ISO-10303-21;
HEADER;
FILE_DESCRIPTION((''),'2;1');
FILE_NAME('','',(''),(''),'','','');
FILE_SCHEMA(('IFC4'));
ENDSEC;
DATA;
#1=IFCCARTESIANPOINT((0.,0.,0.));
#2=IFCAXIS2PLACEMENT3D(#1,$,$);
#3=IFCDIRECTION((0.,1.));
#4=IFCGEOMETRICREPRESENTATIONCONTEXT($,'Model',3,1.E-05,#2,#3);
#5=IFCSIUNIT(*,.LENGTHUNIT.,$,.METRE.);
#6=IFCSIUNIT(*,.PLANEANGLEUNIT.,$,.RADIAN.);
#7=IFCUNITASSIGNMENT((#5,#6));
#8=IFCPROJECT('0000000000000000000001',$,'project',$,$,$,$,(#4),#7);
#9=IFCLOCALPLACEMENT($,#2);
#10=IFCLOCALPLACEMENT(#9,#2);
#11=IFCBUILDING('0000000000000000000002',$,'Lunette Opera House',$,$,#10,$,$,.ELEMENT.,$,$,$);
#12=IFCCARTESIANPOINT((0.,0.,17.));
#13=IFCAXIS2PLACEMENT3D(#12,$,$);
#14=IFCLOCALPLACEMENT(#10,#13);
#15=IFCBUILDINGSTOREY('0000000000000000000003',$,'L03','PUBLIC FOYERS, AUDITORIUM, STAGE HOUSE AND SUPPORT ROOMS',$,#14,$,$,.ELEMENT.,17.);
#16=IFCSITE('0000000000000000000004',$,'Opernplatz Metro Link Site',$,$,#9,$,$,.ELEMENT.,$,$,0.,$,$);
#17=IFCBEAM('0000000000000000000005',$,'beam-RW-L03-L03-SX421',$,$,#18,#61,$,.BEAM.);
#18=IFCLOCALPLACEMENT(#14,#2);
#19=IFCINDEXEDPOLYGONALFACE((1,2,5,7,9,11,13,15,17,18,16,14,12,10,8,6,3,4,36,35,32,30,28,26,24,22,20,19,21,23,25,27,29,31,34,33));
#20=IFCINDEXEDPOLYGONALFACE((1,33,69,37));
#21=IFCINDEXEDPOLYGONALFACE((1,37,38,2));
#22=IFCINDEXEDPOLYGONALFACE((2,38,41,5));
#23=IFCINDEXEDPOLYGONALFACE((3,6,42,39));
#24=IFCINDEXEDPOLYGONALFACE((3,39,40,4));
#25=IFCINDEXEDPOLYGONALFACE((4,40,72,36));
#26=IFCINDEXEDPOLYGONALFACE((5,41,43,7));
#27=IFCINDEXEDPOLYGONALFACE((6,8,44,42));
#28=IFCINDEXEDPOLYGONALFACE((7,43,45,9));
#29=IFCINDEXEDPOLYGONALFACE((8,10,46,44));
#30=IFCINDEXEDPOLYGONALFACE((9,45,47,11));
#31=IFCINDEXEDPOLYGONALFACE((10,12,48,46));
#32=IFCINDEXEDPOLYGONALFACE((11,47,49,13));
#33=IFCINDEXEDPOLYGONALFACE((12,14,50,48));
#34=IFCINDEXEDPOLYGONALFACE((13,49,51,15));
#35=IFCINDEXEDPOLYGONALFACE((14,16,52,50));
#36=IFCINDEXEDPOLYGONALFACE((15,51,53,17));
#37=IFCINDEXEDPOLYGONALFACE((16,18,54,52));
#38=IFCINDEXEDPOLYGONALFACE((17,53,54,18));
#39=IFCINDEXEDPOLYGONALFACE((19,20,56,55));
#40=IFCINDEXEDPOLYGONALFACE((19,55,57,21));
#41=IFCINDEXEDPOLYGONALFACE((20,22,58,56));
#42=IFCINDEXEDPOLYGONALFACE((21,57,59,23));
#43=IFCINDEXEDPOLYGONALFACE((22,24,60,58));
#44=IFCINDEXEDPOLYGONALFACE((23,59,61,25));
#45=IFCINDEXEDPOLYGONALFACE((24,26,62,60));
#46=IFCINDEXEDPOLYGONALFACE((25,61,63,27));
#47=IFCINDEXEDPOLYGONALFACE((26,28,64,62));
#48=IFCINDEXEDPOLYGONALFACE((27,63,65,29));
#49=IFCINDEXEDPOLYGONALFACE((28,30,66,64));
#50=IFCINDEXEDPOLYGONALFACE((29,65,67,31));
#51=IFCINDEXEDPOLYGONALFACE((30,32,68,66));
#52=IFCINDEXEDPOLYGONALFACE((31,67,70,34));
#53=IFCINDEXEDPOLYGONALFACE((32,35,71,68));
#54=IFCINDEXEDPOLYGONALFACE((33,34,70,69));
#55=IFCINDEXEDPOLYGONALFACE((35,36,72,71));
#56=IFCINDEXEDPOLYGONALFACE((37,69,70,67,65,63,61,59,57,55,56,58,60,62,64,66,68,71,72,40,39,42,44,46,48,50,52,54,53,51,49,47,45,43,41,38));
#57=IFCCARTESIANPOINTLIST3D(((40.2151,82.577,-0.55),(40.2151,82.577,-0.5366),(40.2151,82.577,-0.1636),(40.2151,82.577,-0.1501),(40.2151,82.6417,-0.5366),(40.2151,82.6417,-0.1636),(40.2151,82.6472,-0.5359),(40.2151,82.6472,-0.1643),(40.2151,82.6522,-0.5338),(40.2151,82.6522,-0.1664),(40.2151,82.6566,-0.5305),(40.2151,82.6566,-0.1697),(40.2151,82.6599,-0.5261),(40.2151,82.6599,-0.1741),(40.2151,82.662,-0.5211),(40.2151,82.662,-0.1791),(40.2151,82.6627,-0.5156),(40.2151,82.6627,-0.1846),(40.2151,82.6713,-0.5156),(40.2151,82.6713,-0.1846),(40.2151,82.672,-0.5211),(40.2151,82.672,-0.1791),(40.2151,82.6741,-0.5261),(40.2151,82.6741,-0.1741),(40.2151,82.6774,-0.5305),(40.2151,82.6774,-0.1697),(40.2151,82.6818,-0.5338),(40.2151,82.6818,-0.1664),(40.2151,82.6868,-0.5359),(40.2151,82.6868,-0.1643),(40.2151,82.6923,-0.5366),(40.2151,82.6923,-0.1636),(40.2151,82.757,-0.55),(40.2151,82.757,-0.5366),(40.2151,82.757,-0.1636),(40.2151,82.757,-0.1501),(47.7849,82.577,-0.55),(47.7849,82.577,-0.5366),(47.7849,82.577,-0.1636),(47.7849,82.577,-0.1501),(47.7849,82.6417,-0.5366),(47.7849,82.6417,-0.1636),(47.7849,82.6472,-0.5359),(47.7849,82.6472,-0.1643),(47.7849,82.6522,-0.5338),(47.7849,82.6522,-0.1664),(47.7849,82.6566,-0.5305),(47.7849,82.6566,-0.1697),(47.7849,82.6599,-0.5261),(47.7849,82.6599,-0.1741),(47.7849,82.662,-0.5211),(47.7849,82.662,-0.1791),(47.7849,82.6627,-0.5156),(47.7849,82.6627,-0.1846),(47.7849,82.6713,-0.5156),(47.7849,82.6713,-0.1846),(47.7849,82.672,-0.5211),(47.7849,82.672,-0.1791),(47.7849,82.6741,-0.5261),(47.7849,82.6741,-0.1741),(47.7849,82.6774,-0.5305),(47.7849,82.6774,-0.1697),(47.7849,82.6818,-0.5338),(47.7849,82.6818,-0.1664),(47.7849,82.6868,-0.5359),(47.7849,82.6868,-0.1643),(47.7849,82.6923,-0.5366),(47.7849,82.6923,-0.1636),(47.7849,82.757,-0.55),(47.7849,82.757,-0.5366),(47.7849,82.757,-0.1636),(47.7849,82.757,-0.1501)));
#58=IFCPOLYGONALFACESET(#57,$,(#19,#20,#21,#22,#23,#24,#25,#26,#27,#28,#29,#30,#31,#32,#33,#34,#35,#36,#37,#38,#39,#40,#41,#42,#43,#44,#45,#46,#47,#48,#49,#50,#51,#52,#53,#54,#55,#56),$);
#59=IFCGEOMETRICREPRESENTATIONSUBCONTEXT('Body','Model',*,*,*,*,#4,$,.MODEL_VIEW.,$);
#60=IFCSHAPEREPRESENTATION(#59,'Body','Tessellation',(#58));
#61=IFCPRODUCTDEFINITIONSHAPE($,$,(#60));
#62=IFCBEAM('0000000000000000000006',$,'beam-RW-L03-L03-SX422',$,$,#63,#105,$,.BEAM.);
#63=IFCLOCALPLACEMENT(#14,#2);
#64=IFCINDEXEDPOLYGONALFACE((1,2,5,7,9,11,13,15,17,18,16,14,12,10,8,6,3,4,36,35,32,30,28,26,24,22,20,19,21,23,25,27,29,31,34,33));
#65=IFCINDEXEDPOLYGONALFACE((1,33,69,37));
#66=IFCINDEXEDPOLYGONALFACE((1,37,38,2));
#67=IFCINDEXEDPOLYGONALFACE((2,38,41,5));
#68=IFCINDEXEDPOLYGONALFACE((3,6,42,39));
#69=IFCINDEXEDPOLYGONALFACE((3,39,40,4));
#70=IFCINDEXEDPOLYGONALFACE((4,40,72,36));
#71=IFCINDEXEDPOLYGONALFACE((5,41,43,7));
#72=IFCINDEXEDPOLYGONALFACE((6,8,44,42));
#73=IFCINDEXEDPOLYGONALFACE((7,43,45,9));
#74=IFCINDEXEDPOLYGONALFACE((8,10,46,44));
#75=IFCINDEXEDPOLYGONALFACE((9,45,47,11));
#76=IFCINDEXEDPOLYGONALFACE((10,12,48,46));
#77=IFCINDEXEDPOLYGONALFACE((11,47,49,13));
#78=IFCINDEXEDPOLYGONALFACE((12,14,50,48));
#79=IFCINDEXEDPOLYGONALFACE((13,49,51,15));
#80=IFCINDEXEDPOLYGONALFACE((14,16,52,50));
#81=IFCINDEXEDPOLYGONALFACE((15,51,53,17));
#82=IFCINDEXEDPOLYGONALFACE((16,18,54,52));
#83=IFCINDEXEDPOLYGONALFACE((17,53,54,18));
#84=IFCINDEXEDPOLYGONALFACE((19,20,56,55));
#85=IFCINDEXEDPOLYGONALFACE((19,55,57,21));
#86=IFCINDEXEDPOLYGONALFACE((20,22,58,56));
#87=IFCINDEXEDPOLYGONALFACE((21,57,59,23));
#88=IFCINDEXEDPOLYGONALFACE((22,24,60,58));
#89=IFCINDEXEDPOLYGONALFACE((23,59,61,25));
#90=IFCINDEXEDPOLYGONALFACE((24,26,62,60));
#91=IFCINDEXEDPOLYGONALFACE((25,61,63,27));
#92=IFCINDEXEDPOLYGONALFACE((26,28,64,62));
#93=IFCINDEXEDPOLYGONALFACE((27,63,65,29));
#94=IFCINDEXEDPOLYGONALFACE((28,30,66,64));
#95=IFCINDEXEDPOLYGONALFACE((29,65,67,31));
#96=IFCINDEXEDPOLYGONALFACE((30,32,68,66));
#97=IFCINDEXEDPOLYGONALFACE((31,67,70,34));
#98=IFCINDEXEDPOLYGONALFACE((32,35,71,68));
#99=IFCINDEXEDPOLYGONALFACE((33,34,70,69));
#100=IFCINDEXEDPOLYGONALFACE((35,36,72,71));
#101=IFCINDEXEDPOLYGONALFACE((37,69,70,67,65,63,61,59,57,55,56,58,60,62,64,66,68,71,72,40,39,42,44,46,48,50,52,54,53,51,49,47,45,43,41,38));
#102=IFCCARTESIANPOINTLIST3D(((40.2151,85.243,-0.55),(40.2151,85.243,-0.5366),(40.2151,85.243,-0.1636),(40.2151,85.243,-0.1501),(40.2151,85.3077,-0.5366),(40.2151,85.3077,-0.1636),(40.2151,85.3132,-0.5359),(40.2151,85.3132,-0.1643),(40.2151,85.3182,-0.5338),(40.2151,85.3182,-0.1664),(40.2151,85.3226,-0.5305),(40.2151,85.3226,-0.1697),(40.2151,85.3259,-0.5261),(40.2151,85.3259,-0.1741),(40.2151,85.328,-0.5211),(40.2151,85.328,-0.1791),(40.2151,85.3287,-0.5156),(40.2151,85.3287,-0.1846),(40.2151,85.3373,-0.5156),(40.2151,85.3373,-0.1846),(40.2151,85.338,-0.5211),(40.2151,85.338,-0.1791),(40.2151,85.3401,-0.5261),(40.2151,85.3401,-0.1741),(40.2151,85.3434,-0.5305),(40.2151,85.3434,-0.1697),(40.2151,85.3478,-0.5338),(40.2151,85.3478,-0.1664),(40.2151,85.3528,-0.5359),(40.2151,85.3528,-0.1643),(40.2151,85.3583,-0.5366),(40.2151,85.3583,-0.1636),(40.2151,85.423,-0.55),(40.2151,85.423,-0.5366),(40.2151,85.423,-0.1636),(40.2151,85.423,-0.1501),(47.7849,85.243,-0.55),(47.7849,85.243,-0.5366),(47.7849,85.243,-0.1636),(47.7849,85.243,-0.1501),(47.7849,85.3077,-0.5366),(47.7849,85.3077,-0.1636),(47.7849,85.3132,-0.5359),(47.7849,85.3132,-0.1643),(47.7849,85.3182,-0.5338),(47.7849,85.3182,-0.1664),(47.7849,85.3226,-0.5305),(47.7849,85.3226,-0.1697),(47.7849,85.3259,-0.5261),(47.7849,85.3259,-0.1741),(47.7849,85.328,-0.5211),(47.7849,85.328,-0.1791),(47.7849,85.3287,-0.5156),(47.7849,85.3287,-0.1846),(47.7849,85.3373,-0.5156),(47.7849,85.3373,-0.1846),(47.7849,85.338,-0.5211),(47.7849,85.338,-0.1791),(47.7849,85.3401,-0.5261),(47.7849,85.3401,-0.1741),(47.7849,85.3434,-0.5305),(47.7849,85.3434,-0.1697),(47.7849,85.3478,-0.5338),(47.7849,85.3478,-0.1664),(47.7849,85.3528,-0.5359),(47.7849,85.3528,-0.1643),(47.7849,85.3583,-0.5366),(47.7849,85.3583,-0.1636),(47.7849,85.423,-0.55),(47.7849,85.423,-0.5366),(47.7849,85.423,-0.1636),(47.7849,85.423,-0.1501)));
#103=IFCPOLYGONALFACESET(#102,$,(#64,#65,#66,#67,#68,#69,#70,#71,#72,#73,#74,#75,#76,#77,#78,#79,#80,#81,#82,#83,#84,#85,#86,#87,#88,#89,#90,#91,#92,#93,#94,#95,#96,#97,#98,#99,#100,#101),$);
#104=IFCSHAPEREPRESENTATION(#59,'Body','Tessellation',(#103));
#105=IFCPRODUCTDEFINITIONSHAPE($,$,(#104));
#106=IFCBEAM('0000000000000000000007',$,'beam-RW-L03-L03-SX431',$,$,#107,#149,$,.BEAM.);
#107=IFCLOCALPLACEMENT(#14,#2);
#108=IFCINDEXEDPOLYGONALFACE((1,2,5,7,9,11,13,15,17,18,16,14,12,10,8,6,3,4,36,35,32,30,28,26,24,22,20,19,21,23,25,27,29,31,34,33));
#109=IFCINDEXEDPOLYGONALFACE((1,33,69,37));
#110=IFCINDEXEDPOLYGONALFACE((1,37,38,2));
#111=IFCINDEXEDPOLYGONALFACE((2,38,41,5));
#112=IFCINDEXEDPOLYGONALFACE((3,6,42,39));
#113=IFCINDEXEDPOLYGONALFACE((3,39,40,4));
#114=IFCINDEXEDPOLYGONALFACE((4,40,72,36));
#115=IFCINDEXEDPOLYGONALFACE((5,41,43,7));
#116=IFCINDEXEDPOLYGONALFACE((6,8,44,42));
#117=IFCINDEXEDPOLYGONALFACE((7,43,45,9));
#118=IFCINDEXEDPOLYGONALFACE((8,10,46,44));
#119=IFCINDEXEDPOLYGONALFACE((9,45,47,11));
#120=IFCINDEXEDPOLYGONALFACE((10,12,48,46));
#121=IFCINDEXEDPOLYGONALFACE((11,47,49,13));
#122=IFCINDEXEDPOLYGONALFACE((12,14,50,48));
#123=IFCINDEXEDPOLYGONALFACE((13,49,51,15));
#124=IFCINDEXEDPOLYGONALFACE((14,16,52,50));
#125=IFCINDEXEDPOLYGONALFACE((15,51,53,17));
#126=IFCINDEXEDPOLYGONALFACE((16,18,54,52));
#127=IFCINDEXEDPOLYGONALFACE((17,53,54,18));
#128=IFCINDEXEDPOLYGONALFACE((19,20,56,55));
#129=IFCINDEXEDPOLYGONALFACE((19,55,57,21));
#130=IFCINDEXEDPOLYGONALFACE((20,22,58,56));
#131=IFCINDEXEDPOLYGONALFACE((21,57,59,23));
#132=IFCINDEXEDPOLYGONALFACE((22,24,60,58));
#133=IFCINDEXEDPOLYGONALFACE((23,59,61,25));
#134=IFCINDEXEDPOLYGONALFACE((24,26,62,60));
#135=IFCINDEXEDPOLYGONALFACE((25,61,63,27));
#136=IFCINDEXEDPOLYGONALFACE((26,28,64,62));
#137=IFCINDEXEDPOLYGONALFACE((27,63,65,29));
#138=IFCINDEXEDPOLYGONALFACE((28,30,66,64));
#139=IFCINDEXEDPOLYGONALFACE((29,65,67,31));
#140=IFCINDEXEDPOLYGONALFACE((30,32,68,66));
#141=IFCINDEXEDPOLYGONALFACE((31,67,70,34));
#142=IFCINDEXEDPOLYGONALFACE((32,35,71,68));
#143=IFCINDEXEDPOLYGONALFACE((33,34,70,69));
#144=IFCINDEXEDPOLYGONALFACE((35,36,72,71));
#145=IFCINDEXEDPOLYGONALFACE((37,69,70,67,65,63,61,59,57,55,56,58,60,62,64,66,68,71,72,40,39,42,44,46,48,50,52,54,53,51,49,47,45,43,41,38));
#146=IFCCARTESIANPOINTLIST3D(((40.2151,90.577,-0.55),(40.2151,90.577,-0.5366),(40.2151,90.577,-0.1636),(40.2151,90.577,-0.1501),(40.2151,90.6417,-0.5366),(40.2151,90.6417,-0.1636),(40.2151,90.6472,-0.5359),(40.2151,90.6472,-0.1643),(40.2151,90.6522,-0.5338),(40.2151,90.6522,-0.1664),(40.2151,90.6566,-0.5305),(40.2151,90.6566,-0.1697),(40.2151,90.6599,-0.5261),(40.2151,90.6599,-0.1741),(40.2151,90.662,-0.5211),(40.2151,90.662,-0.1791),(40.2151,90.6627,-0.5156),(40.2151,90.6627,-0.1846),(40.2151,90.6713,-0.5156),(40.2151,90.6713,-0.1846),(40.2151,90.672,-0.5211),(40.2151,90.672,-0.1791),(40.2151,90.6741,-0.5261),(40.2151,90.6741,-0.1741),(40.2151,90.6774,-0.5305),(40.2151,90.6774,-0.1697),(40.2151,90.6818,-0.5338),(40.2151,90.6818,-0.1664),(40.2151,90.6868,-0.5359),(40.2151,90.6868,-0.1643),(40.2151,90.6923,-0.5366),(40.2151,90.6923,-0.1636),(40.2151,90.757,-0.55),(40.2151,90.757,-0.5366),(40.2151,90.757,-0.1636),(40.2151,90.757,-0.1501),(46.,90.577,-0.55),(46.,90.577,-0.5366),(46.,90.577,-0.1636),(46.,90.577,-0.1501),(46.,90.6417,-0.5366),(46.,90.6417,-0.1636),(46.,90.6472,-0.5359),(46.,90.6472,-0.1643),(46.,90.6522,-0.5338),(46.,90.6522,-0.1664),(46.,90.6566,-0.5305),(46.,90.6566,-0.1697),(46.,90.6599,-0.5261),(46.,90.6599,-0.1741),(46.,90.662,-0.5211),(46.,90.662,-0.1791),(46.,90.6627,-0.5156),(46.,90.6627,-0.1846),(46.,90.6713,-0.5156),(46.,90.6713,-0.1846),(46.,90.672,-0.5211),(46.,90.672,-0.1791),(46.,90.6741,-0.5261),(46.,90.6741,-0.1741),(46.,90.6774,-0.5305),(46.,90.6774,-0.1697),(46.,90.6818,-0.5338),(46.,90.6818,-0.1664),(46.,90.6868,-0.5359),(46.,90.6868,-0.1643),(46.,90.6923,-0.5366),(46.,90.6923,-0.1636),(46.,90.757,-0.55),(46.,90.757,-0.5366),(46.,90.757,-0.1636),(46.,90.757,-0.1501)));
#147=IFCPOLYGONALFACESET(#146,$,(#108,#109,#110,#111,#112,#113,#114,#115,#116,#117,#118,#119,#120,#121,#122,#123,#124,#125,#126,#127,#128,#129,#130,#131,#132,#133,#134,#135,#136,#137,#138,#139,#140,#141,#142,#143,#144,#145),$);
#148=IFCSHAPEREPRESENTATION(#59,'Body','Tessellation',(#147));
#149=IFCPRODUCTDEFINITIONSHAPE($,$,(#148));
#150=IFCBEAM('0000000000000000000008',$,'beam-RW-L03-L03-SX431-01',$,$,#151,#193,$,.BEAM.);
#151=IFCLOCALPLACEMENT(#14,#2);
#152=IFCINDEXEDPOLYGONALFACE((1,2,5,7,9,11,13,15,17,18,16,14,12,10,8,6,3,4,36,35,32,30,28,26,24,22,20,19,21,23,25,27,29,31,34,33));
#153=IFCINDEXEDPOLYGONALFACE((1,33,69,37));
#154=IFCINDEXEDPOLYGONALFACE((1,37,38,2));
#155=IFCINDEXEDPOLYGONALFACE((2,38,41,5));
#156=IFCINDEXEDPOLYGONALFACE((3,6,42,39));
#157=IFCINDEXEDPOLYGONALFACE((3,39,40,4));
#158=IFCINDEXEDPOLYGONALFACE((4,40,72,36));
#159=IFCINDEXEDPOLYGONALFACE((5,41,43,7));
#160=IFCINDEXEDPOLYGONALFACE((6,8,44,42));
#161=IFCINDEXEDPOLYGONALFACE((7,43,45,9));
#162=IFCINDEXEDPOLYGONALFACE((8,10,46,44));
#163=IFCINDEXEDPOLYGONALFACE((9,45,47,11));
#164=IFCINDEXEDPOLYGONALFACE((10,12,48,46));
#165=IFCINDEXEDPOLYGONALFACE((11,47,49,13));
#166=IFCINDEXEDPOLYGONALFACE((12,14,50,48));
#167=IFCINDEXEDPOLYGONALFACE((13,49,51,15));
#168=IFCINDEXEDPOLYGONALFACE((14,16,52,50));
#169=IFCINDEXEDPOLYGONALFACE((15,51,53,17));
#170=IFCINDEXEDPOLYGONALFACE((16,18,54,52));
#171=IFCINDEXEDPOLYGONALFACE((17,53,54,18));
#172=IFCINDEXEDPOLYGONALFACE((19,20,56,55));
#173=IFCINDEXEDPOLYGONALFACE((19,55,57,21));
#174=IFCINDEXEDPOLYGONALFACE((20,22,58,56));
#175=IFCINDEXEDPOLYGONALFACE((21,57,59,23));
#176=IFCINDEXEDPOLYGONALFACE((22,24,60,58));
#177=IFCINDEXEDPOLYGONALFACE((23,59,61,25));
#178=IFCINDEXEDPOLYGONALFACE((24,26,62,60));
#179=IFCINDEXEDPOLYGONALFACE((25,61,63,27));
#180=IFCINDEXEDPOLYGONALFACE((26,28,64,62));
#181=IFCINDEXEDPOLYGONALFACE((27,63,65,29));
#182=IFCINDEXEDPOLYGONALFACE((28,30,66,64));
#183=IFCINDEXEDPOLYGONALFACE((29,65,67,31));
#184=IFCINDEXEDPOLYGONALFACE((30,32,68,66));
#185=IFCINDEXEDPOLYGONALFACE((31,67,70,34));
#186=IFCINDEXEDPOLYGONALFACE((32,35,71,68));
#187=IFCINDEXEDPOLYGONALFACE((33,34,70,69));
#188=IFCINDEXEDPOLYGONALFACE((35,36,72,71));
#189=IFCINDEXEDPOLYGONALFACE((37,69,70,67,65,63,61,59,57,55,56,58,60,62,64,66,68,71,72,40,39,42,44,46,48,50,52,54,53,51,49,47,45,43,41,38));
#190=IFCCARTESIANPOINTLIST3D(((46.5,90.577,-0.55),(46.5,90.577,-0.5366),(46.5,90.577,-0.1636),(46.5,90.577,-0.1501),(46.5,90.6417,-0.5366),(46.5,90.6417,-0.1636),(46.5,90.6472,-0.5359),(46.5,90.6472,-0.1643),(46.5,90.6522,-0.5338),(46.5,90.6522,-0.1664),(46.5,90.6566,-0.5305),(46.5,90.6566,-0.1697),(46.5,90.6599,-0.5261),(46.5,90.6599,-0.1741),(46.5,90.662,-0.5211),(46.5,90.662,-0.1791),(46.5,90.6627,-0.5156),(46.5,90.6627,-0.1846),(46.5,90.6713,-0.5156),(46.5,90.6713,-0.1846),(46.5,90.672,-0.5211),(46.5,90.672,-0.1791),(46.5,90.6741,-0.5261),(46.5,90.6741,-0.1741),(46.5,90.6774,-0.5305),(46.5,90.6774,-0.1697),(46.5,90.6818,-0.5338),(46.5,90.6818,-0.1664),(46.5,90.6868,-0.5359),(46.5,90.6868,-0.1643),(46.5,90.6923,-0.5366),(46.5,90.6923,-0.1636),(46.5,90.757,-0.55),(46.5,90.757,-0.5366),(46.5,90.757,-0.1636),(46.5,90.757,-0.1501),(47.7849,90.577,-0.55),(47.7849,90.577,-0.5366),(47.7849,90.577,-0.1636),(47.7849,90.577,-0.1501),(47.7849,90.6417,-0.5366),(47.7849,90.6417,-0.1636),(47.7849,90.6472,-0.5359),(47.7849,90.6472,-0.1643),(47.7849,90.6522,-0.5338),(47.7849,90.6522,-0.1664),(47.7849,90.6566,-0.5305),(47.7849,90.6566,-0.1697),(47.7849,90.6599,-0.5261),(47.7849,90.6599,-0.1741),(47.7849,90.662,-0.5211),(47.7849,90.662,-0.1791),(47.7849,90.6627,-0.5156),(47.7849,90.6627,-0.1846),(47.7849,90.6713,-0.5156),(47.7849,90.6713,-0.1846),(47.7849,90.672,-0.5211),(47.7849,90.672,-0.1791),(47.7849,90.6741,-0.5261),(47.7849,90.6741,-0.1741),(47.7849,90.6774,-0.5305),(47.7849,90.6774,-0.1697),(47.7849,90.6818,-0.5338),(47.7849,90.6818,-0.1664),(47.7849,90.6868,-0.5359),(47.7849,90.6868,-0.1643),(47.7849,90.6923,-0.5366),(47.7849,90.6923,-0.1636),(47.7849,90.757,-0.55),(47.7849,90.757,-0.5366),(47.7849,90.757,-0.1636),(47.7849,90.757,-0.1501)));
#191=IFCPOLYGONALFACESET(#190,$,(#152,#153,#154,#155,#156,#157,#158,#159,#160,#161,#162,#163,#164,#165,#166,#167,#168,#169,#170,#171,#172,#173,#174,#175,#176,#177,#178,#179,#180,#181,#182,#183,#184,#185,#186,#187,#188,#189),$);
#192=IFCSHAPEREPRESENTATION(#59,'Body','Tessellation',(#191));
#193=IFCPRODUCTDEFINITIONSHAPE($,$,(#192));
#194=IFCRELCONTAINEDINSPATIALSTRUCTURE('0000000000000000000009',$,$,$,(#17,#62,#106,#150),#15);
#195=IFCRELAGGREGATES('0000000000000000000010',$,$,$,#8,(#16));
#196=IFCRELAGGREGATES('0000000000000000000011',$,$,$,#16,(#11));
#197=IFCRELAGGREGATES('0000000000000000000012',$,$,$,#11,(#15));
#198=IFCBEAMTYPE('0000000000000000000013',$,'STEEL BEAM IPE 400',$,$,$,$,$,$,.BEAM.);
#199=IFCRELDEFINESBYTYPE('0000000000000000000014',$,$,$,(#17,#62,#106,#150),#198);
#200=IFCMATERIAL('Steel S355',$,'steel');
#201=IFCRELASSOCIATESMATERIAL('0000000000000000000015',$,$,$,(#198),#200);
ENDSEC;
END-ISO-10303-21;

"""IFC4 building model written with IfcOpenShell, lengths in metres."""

from ifc_helpers import new_model, si_unit, direction, frame, origin, origin_2d, place, context, subcontext, project, spatial, i_section, extrude, material, material_profile, profile_set, type_object, element, save


model = new_model("IFC4")

# Units and contexts
model_context = context("Model", 3, precision=1e-05, world=origin(), true_north=direction((0.0, 1.0)))
body_context = subcontext(model_context, "Body", "Model", "MODEL_VIEW")
ifc_project = project(units=[si_unit("LENGTHUNIT", "METRE"), si_unit("PLANEANGLEUNIT", "RADIAN")], contexts=[model_context])

# Site, building, storey
site_placement = place(None, origin())
site = spatial("IfcSite", under=ifc_project, at=site_placement, Name="Opernplatz Metro Link Site", CompositionType="ELEMENT", RefElevation=0.0)
building_placement = place(site_placement, origin())
building = spatial("IfcBuilding", under=site, at=building_placement, Name="Lunette Opera House", CompositionType="ELEMENT")
storey_placement = place(building_placement, frame((0.0, 0.0, 17.0)))
storey = spatial("IfcBuildingStorey", under=building, at=storey_placement, Name="L03", Description="PUBLIC FOYERS, AUDITORIUM, STAGE HOUSE AND SUPPORT ROOMS", CompositionType="ELEMENT", Elevation=17.0)

# Beams
ifc_material_1 = material(Name="Steel S355", Category="steel")
ifc_material_profile_1 = material_profile(ifc_material_1, i_section(OverallWidth=0.1799, OverallDepth=0.3999, WebThickness=0.0085, FlangeThickness=0.0134, FilletRadius=0.021, at=origin_2d()), Name="IPE 400")
ifc_profile_set_1 = profile_set([ifc_material_profile_1], Name="Steel S355")
beam_type_1 = type_object("IfcBeamType", Name="STEEL BEAM IPE 400", PredefinedType="BEAM", material=ifc_profile_set_1)
for number, where, z_axis, x_axis, name in (
    (1, (40.2151, 82.667, -0.3501), (1.0, 0.0, 0.0), (0.0, 1.0, 0.0), "beam-RW-L03-L03-SX421"),
    (2, (40.2151, 85.333, -0.3501), (1.0, 0.0, 0.0), (0.0, 1.0, 0.0), "beam-RW-L03-L03-SX422"),
):
    element("IfcBeam", number, at=place(storey_placement, frame(where, z_axis=z_axis, x_axis=x_axis)), inside=storey, type_object=beam_type_1, Name=name, PredefinedType="BEAM", context=body_context, shape_type="SweptSolid", body=[
        extrude(i_section(OverallWidth=0.1799, OverallDepth=0.3999, WebThickness=0.0085, FlangeThickness=0.0134, FilletRadius=0.021, at=origin_2d()), origin(), (0.0, 0.0, 1.0), 7.5698),
    ])
beam_1_placement = place(storey_placement, frame((40.2151, 90.667, -0.3501), z_axis=(1.0, 0.0, 0.0), x_axis=(0.0, 1.0, 0.0)))
element("IfcBeam", 3, at=beam_1_placement, inside=storey, type_object=beam_type_1, Name="beam-RW-L03-L03-SX431", PredefinedType="BEAM", context=body_context, shape_type="SweptSolid", body=[
    extrude(i_section(OverallWidth=0.1799, OverallDepth=0.3999, WebThickness=0.0085, FlangeThickness=0.0134, FilletRadius=0.021, at=origin_2d()), origin(), (0.0, 0.0, 1.0), 5.7849),
])
beam_2_placement = place(storey_placement, frame((46.5, 90.667, -0.3501), z_axis=(1.0, 0.0, 0.0), x_axis=(0.0, 1.0, 0.0)))
element("IfcBeam", 4, at=beam_2_placement, inside=storey, type_object=beam_type_1, Name="beam-RW-L03-L03-SX431-01", PredefinedType="BEAM", context=body_context, shape_type="SweptSolid", body=[
    extrude(i_section(OverallWidth=0.1799, OverallDepth=0.3999, WebThickness=0.0085, FlangeThickness=0.0134, FilletRadius=0.021, at=origin_2d()), origin(), (0.0, 0.0, 1.0), 1.2849),
])

save(model, "model.ifc")
